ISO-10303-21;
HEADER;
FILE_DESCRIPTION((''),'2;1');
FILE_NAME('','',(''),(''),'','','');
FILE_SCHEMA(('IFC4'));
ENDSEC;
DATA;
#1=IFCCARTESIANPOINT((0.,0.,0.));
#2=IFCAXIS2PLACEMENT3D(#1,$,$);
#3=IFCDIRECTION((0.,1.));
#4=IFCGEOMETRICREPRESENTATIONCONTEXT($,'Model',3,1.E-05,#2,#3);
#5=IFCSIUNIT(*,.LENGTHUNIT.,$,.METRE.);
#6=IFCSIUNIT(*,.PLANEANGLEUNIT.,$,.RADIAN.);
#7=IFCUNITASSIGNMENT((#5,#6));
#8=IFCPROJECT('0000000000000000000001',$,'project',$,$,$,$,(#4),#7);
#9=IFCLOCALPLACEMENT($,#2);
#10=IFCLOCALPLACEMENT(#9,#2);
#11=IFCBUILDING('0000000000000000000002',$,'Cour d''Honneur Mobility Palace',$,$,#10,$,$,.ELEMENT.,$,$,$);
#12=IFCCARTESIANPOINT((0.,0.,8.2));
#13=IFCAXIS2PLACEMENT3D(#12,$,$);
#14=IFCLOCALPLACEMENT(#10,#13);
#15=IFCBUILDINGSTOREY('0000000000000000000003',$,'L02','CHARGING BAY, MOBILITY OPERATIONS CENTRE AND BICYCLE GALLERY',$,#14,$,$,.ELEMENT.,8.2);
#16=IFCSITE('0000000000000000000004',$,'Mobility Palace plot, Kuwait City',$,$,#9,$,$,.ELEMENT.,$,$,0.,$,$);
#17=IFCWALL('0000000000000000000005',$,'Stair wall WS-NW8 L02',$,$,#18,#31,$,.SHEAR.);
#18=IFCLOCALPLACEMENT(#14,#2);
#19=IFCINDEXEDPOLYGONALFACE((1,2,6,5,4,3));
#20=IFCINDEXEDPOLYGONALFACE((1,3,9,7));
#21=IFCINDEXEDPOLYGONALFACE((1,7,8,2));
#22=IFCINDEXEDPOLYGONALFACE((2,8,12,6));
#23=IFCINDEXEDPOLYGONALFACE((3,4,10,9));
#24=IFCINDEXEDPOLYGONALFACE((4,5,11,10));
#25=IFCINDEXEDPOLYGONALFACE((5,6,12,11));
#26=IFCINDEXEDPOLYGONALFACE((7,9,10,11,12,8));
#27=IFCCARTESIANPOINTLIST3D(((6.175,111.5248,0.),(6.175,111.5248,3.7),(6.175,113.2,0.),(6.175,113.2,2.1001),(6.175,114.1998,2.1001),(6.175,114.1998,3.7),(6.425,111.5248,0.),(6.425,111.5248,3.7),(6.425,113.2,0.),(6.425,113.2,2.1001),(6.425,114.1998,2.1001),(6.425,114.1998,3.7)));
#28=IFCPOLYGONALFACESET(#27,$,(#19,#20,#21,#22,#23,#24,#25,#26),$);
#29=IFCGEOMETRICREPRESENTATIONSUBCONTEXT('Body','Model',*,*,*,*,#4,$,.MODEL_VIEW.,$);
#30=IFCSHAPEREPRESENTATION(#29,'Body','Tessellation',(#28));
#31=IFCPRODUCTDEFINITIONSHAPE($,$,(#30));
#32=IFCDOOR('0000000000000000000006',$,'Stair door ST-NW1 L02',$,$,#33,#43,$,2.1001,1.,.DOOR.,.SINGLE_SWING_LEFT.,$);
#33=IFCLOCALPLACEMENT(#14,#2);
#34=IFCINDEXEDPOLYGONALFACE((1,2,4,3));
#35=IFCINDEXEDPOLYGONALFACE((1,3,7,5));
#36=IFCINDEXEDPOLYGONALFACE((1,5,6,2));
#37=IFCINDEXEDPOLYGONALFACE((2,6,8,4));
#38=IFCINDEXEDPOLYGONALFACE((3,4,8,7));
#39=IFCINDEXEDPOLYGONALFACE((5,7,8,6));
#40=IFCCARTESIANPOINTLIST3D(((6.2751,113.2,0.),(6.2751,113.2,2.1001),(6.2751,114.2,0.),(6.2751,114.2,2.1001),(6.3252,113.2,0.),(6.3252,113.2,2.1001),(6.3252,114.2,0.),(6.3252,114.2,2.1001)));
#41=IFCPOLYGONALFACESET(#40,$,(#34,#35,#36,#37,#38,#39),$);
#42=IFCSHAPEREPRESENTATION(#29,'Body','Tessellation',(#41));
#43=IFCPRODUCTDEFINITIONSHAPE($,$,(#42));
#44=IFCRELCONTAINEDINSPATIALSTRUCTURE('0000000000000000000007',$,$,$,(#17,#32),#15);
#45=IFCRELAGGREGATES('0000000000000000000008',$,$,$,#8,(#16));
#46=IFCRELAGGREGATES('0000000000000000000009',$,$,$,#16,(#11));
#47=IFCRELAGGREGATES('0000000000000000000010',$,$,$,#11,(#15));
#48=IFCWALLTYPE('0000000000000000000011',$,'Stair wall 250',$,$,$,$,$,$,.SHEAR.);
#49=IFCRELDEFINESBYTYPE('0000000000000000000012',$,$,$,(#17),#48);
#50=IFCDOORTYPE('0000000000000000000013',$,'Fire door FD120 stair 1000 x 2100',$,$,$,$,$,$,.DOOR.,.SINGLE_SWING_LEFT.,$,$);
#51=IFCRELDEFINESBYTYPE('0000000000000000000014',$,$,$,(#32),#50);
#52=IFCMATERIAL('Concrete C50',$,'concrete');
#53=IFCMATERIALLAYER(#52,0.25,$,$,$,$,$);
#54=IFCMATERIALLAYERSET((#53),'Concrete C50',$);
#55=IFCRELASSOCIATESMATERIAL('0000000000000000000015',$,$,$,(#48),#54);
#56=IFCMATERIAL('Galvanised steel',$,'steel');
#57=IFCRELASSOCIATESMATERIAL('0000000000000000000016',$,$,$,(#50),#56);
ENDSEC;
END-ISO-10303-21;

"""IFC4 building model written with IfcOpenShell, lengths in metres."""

from ifc_helpers import new_model, si_unit, direction, frame, frame_2d, origin, place, context, subcontext, project, spatial, rectangle, extrude, material, layer, layer_set, type_object, element, fill, save


model = new_model("IFC4")

# Units and contexts
model_context = context("Model", 3, precision=1e-05, world=origin(), true_north=direction((0.0, 1.0)))
body_context = subcontext(model_context, "Body", "Model", "MODEL_VIEW")
ifc_project = project(units=[si_unit("LENGTHUNIT", "METRE"), si_unit("PLANEANGLEUNIT", "RADIAN")], contexts=[model_context])

# Site, building, storey
site_placement = place(None, origin())
site = spatial("IfcSite", under=ifc_project, at=site_placement, Name="Mobility Palace plot, Kuwait City", CompositionType="ELEMENT", RefElevation=0.0)
building_placement = place(site_placement, origin())
building = spatial("IfcBuilding", under=site, at=building_placement, Name="Cour d'Honneur Mobility Palace", CompositionType="ELEMENT")
storey_placement = place(building_placement, frame((0.0, 0.0, 8.2)))
storey = spatial("IfcBuildingStorey", under=building, at=storey_placement, Name="L02", Description="CHARGING BAY, MOBILITY OPERATIONS CENTRE AND BICYCLE GALLERY", CompositionType="ELEMENT", Elevation=8.2)

# Wall, opening, door
ifc_material_1 = material(Name="Concrete C50", Category="concrete")
ifc_layer_1 = layer(ifc_material_1, 0.25)
ifc_layer_set_1 = layer_set([ifc_layer_1], Name="Concrete C50")
wall_type_1 = type_object("IfcWallType", Name="Stair wall 250", PredefinedType="SHEAR", material=ifc_layer_set_1)
wall_1_placement = place(storey_placement, frame((6.3, 111.5249, 0.0), z_axis=(0.0, 0.0, 1.0), x_axis=(0.0, 1.0, 0.0)))
wall_1 = element("IfcWall", 1, at=wall_1_placement, inside=storey, type_object=wall_type_1, Name="Stair wall WS-NW8 L02", PredefinedType="SHEAR", context=body_context, shape_type="SweptSolid", body=[
    extrude(rectangle(XDim=2.675, YDim=0.25, at=frame_2d((1.3374, 0.0))), origin(), (0.0, 0.0, 1.0), 3.7),
])
opening_1_placement = place(wall_1_placement, frame((1.675, 0.0, 0.0)))
opening_1 = element("IfcOpeningElement", 2, at=opening_1_placement, cuts=wall_1, PredefinedType="OPENING", context=body_context, shape_type="SweptSolid", body=[
    extrude(rectangle(XDim=1.0, YDim=2.1001, at=frame_2d((0.5, 1.05))), frame((0.0, 0.135, 0.0), z_axis=(0.0, -1.0, 0.0), x_axis=(1.0, 0.0, 0.0)), (0.0, 0.0, 1.0), 0.27),
])
ifc_material_2 = material(Name="Galvanised steel", Category="steel")
door_type_1 = type_object("IfcDoorType", Name="Fire door FD120 stair 1000 x 2100", OperationType="SINGLE_SWING_LEFT", PredefinedType="DOOR", material=ifc_material_2)
door_1_placement = place(opening_1_placement, origin())
door_1 = element("IfcDoor", 3, at=door_1_placement, inside=storey, type_object=door_type_1, Name="Stair door ST-NW1 L02", OperationType="SINGLE_SWING_LEFT", OverallHeight=2.1001, OverallWidth=1.0, PredefinedType="DOOR", context=body_context, shape_type="SweptSolid", body=[
    extrude(rectangle(XDim=1.0, YDim=2.1001, at=frame_2d((0.5, 1.05))), frame((0.0, 0.0249, 0.0), z_axis=(0.0, -1.0, 0.0), x_axis=(1.0, 0.0, 0.0)), (0.0, 0.0, 1.0), 0.05),
])
fill(opening_1, door_1)

save(model, "model.ifc")
